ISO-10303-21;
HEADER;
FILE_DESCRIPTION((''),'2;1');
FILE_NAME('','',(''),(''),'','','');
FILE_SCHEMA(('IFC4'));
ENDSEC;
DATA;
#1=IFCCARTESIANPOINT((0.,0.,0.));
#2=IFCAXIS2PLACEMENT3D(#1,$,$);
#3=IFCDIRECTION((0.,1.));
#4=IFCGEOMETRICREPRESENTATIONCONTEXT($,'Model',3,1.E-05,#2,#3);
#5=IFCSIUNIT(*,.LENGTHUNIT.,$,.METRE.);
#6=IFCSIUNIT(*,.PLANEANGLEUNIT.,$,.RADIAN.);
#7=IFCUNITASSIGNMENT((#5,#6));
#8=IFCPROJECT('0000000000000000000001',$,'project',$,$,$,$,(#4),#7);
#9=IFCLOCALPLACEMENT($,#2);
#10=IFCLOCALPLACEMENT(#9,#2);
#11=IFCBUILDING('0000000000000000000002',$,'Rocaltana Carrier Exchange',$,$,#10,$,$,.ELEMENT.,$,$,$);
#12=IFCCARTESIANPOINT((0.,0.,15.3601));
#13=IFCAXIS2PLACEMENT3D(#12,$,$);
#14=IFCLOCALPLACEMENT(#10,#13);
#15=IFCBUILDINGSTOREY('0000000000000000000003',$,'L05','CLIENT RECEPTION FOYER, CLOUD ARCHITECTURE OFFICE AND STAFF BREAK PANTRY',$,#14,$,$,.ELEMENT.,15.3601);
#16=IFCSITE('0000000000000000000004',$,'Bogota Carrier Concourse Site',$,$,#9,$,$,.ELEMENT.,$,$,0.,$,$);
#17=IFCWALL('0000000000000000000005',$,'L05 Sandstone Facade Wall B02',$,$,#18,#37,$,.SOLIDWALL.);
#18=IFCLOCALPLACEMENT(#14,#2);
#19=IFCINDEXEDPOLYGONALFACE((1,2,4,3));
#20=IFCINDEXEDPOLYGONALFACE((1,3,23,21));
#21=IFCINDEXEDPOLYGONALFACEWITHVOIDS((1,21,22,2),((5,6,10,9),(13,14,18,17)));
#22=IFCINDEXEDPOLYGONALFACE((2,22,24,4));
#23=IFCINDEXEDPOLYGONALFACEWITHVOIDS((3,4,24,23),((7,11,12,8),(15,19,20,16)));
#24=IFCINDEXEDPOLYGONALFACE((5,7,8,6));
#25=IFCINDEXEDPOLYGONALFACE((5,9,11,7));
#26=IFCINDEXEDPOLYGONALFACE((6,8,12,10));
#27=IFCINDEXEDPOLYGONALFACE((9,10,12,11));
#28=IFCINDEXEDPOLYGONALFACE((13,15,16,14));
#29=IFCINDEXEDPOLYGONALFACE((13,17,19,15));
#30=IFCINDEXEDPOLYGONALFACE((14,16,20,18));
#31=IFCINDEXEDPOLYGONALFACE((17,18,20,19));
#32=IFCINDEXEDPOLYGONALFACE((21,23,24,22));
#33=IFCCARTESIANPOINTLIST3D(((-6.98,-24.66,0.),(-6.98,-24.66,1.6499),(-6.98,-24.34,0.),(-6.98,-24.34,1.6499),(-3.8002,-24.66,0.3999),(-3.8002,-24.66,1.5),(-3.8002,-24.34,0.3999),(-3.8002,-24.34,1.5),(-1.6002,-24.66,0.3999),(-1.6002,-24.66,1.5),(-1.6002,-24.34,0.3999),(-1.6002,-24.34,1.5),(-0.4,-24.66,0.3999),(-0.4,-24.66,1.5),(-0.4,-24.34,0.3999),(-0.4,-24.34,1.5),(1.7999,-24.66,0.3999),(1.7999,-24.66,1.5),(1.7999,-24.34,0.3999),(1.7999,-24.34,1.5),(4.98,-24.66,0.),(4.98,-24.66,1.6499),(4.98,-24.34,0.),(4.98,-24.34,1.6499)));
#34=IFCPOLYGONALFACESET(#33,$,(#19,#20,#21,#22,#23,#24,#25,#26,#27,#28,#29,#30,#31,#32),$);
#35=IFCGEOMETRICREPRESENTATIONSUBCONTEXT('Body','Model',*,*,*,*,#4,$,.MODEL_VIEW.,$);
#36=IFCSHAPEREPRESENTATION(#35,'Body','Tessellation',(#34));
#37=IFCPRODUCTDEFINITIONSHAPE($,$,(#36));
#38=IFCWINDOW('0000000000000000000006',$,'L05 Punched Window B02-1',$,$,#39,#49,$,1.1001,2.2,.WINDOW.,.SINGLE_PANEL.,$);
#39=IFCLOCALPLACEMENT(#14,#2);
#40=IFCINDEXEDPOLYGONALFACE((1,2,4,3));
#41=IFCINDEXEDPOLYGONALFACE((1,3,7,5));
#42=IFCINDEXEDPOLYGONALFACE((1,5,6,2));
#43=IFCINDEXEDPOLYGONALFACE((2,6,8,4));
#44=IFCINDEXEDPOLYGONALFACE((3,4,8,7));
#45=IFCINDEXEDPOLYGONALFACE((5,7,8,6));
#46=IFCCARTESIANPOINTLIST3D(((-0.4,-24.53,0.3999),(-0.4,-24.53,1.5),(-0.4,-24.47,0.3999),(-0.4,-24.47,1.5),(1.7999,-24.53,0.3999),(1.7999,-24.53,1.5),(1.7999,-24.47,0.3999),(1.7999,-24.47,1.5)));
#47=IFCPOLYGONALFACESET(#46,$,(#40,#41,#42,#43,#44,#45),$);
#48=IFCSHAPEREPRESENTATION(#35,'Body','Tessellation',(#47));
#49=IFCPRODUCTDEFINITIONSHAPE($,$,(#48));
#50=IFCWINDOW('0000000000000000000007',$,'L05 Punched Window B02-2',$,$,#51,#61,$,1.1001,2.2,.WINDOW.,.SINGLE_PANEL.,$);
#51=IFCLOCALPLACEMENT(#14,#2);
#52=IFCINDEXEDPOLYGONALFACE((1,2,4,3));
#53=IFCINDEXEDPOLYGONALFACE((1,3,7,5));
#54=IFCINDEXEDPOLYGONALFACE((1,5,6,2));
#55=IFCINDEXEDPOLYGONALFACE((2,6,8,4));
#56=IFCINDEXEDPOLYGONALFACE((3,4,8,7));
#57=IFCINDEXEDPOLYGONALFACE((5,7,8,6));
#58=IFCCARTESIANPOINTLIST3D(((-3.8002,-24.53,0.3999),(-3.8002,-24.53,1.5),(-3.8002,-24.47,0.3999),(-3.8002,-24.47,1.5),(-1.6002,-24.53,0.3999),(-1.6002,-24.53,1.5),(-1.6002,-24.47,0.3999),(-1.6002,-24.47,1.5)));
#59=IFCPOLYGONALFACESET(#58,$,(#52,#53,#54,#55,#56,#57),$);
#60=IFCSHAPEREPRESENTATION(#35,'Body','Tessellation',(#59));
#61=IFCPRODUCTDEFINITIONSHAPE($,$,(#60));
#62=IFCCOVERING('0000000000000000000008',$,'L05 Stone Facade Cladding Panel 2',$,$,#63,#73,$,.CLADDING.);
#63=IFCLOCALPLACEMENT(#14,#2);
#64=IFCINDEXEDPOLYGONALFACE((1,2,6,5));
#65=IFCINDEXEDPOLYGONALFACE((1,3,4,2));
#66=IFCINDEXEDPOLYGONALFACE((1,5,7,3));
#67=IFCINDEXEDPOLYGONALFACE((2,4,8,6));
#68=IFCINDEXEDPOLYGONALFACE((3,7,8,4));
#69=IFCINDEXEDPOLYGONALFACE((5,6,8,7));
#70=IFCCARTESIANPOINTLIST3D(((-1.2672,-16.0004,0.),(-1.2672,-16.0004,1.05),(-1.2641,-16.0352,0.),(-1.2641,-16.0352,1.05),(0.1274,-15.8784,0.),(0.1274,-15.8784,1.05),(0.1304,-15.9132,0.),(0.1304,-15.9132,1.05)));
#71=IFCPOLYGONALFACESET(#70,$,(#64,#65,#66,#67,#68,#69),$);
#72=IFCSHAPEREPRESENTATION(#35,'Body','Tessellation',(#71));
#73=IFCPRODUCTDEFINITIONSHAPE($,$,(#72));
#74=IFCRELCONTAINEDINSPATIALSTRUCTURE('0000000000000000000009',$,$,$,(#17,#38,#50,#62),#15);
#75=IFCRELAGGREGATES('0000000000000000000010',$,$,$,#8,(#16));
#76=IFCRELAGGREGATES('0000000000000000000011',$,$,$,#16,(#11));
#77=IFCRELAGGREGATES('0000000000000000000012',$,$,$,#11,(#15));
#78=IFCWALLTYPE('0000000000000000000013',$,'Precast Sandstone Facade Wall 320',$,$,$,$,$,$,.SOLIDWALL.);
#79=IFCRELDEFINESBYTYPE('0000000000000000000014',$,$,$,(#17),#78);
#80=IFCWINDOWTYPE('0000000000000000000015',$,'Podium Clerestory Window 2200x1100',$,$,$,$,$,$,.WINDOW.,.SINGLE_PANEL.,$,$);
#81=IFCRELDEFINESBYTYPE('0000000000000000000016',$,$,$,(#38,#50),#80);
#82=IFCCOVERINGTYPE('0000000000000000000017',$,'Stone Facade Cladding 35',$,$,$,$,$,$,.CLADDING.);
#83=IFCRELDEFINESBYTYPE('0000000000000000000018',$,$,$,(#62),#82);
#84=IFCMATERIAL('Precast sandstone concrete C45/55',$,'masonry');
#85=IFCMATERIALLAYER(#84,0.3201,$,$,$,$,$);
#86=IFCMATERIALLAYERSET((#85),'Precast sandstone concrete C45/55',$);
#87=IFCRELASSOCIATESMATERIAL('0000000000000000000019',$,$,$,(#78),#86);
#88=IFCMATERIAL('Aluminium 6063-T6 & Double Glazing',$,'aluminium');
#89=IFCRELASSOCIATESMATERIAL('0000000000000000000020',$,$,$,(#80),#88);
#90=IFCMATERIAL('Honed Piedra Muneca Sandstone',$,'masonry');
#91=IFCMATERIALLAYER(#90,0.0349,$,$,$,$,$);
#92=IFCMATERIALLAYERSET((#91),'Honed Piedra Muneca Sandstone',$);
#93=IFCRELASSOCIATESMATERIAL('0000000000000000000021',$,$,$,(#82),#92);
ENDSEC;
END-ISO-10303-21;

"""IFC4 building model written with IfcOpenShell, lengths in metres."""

from ifc_helpers import new_model, si_unit, direction, frame, frame_2d, origin, origin_2d, place, context, subcontext, project, spatial, rectangle, extrude, material, layer, layer_set, type_object, element, fill, save


model = new_model("IFC4")

# Units and contexts
model_context = context("Model", 3, precision=1e-05, world=origin(), true_north=direction((0.0, 1.0)))
body_context = subcontext(model_context, "Body", "Model", "MODEL_VIEW")
ifc_project = project(units=[si_unit("LENGTHUNIT", "METRE"), si_unit("PLANEANGLEUNIT", "RADIAN")], contexts=[model_context])

# Site, building, storey
site_placement = place(None, origin())
site = spatial("IfcSite", under=ifc_project, at=site_placement, Name="Bogota Carrier Concourse Site", CompositionType="ELEMENT", RefElevation=0.0)
building_placement = place(site_placement, origin())
building = spatial("IfcBuilding", under=site, at=building_placement, Name="Rocaltana Carrier Exchange", CompositionType="ELEMENT")
storey_placement = place(building_placement, frame((0.0, 0.0, 15.3601)))
storey = spatial("IfcBuildingStorey", under=building, at=storey_placement, Name="L05", Description="CLIENT RECEPTION FOYER, CLOUD ARCHITECTURE OFFICE AND STAFF BREAK PANTRY", CompositionType="ELEMENT", Elevation=15.3601)

# Wall, openings, windows
ifc_material_1 = material(Name="Precast sandstone concrete C45/55", Category="masonry")
ifc_layer_1 = layer(ifc_material_1, 0.3201)
ifc_layer_set_1 = layer_set([ifc_layer_1], Name="Precast sandstone concrete C45/55")
wall_type_1 = type_object("IfcWallType", Name="Precast Sandstone Facade Wall 320", PredefinedType="SOLIDWALL", material=ifc_layer_set_1)
wall_1_placement = place(storey_placement, frame((4.98, -24.5, 0.0), z_axis=(0.0, 0.0, 1.0), x_axis=(-1.0, 0.0, 0.0)))
wall_1 = element("IfcWall", 1, at=wall_1_placement, inside=storey, type_object=wall_type_1, Name="L05 Sandstone Facade Wall B02", PredefinedType="SOLIDWALL", context=body_context, shape_type="SweptSolid", body=[
    extrude(rectangle(XDim=11.96, YDim=0.3201, at=frame_2d((5.98, 0.0))), origin(), (0.0, 0.0, 1.0), 1.6499),
])
opening_1_placement = place(wall_1_placement, frame((3.1799, 0.0, 0.3999)))
opening_1 = element("IfcOpeningElement", 2, at=opening_1_placement, cuts=wall_1, PredefinedType="OPENING", context=body_context, shape_type="SweptSolid", body=[
    extrude(rectangle(XDim=2.2, YDim=1.1001, at=frame_2d((1.1001, 0.55))), frame((0.0, 0.1699, 0.0), z_axis=(0.0, -1.0, 0.0), x_axis=(1.0, 0.0, 0.0)), (0.0, 0.0, 1.0), 0.3401),
])
opening_2_placement = place(wall_1_placement, frame((6.5801, 0.0, 0.3999)))
opening_2 = element("IfcOpeningElement", 3, at=opening_2_placement, cuts=wall_1, PredefinedType="OPENING", context=body_context, shape_type="SweptSolid", body=[
    extrude(rectangle(XDim=2.2, YDim=1.1001, at=frame_2d((1.1001, 0.55))), frame((0.0, 0.1699, 0.0), z_axis=(0.0, -1.0, 0.0), x_axis=(1.0, 0.0, 0.0)), (0.0, 0.0, 1.0), 0.3401),
])
ifc_material_2 = material(Name="Aluminium 6063-T6 & Double Glazing", Category="aluminium")
window_type = type_object("IfcWindowType", Name="Podium Clerestory Window 2200x1100", PartitioningType="SINGLE_PANEL", PredefinedType="WINDOW", material=ifc_material_2)
window_1_placement = place(opening_1_placement, origin())
window_1 = element("IfcWindow", 4, at=window_1_placement, inside=storey, type_object=window_type, Name="L05 Punched Window B02-1", OverallHeight=1.1001, OverallWidth=2.2, PartitioningType="SINGLE_PANEL", PredefinedType="WINDOW", context=body_context, shape_type="SweptSolid", body=[
    extrude(rectangle(XDim=2.2, YDim=1.1001, at=frame_2d((1.1001, 0.55))), frame((0.0, 0.03, 0.0), z_axis=(0.0, -1.0, 0.0), x_axis=(1.0, 0.0, 0.0)), (0.0, 0.0, 1.0), 0.0601),
])
fill(opening_1, window_1)
window_2_placement = place(opening_2_placement, origin())
window_2 = element("IfcWindow", 5, at=window_2_placement, inside=storey, type_object=window_type, Name="L05 Punched Window B02-2", OverallHeight=1.1001, OverallWidth=2.2, PartitioningType="SINGLE_PANEL", PredefinedType="WINDOW", context=body_context, shape_type="SweptSolid", body=[
    extrude(rectangle(XDim=2.2, YDim=1.1001, at=frame_2d((1.1001, 0.55))), frame((0.0, 0.03, 0.0), z_axis=(0.0, -1.0, 0.0), x_axis=(1.0, 0.0, 0.0)), (0.0, 0.0, 1.0), 0.0601),
])
fill(opening_2, window_2)

# Covering
ifc_material_3 = material(Name="Honed Piedra Muneca Sandstone", Category="masonry")
ifc_layer_2 = layer(ifc_material_3, 0.0349)
ifc_layer_set_2 = layer_set([ifc_layer_2], Name="Honed Piedra Muneca Sandstone")
covering_type = type_object("IfcCoveringType", Name="Stone Facade Cladding 35", PredefinedType="CLADDING", material=ifc_layer_set_2)
covering_placement = place(storey_placement, frame((-0.5684, -15.9568, 0.0), z_axis=(0.0, 0.0, 1.0), x_axis=(0.996195, 0.087156, 0.0)))
element("IfcCovering", 6, at=covering_placement, inside=storey, type_object=covering_type, Name="L05 Stone Facade Cladding Panel 2", PredefinedType="CLADDING", context=body_context, shape_type="SweptSolid", body=[
    extrude(rectangle(XDim=1.3999, YDim=0.0349, at=origin_2d()), origin(), (0.0, 0.0, 1.0), 1.05),
])

save(model, "model.ifc")
